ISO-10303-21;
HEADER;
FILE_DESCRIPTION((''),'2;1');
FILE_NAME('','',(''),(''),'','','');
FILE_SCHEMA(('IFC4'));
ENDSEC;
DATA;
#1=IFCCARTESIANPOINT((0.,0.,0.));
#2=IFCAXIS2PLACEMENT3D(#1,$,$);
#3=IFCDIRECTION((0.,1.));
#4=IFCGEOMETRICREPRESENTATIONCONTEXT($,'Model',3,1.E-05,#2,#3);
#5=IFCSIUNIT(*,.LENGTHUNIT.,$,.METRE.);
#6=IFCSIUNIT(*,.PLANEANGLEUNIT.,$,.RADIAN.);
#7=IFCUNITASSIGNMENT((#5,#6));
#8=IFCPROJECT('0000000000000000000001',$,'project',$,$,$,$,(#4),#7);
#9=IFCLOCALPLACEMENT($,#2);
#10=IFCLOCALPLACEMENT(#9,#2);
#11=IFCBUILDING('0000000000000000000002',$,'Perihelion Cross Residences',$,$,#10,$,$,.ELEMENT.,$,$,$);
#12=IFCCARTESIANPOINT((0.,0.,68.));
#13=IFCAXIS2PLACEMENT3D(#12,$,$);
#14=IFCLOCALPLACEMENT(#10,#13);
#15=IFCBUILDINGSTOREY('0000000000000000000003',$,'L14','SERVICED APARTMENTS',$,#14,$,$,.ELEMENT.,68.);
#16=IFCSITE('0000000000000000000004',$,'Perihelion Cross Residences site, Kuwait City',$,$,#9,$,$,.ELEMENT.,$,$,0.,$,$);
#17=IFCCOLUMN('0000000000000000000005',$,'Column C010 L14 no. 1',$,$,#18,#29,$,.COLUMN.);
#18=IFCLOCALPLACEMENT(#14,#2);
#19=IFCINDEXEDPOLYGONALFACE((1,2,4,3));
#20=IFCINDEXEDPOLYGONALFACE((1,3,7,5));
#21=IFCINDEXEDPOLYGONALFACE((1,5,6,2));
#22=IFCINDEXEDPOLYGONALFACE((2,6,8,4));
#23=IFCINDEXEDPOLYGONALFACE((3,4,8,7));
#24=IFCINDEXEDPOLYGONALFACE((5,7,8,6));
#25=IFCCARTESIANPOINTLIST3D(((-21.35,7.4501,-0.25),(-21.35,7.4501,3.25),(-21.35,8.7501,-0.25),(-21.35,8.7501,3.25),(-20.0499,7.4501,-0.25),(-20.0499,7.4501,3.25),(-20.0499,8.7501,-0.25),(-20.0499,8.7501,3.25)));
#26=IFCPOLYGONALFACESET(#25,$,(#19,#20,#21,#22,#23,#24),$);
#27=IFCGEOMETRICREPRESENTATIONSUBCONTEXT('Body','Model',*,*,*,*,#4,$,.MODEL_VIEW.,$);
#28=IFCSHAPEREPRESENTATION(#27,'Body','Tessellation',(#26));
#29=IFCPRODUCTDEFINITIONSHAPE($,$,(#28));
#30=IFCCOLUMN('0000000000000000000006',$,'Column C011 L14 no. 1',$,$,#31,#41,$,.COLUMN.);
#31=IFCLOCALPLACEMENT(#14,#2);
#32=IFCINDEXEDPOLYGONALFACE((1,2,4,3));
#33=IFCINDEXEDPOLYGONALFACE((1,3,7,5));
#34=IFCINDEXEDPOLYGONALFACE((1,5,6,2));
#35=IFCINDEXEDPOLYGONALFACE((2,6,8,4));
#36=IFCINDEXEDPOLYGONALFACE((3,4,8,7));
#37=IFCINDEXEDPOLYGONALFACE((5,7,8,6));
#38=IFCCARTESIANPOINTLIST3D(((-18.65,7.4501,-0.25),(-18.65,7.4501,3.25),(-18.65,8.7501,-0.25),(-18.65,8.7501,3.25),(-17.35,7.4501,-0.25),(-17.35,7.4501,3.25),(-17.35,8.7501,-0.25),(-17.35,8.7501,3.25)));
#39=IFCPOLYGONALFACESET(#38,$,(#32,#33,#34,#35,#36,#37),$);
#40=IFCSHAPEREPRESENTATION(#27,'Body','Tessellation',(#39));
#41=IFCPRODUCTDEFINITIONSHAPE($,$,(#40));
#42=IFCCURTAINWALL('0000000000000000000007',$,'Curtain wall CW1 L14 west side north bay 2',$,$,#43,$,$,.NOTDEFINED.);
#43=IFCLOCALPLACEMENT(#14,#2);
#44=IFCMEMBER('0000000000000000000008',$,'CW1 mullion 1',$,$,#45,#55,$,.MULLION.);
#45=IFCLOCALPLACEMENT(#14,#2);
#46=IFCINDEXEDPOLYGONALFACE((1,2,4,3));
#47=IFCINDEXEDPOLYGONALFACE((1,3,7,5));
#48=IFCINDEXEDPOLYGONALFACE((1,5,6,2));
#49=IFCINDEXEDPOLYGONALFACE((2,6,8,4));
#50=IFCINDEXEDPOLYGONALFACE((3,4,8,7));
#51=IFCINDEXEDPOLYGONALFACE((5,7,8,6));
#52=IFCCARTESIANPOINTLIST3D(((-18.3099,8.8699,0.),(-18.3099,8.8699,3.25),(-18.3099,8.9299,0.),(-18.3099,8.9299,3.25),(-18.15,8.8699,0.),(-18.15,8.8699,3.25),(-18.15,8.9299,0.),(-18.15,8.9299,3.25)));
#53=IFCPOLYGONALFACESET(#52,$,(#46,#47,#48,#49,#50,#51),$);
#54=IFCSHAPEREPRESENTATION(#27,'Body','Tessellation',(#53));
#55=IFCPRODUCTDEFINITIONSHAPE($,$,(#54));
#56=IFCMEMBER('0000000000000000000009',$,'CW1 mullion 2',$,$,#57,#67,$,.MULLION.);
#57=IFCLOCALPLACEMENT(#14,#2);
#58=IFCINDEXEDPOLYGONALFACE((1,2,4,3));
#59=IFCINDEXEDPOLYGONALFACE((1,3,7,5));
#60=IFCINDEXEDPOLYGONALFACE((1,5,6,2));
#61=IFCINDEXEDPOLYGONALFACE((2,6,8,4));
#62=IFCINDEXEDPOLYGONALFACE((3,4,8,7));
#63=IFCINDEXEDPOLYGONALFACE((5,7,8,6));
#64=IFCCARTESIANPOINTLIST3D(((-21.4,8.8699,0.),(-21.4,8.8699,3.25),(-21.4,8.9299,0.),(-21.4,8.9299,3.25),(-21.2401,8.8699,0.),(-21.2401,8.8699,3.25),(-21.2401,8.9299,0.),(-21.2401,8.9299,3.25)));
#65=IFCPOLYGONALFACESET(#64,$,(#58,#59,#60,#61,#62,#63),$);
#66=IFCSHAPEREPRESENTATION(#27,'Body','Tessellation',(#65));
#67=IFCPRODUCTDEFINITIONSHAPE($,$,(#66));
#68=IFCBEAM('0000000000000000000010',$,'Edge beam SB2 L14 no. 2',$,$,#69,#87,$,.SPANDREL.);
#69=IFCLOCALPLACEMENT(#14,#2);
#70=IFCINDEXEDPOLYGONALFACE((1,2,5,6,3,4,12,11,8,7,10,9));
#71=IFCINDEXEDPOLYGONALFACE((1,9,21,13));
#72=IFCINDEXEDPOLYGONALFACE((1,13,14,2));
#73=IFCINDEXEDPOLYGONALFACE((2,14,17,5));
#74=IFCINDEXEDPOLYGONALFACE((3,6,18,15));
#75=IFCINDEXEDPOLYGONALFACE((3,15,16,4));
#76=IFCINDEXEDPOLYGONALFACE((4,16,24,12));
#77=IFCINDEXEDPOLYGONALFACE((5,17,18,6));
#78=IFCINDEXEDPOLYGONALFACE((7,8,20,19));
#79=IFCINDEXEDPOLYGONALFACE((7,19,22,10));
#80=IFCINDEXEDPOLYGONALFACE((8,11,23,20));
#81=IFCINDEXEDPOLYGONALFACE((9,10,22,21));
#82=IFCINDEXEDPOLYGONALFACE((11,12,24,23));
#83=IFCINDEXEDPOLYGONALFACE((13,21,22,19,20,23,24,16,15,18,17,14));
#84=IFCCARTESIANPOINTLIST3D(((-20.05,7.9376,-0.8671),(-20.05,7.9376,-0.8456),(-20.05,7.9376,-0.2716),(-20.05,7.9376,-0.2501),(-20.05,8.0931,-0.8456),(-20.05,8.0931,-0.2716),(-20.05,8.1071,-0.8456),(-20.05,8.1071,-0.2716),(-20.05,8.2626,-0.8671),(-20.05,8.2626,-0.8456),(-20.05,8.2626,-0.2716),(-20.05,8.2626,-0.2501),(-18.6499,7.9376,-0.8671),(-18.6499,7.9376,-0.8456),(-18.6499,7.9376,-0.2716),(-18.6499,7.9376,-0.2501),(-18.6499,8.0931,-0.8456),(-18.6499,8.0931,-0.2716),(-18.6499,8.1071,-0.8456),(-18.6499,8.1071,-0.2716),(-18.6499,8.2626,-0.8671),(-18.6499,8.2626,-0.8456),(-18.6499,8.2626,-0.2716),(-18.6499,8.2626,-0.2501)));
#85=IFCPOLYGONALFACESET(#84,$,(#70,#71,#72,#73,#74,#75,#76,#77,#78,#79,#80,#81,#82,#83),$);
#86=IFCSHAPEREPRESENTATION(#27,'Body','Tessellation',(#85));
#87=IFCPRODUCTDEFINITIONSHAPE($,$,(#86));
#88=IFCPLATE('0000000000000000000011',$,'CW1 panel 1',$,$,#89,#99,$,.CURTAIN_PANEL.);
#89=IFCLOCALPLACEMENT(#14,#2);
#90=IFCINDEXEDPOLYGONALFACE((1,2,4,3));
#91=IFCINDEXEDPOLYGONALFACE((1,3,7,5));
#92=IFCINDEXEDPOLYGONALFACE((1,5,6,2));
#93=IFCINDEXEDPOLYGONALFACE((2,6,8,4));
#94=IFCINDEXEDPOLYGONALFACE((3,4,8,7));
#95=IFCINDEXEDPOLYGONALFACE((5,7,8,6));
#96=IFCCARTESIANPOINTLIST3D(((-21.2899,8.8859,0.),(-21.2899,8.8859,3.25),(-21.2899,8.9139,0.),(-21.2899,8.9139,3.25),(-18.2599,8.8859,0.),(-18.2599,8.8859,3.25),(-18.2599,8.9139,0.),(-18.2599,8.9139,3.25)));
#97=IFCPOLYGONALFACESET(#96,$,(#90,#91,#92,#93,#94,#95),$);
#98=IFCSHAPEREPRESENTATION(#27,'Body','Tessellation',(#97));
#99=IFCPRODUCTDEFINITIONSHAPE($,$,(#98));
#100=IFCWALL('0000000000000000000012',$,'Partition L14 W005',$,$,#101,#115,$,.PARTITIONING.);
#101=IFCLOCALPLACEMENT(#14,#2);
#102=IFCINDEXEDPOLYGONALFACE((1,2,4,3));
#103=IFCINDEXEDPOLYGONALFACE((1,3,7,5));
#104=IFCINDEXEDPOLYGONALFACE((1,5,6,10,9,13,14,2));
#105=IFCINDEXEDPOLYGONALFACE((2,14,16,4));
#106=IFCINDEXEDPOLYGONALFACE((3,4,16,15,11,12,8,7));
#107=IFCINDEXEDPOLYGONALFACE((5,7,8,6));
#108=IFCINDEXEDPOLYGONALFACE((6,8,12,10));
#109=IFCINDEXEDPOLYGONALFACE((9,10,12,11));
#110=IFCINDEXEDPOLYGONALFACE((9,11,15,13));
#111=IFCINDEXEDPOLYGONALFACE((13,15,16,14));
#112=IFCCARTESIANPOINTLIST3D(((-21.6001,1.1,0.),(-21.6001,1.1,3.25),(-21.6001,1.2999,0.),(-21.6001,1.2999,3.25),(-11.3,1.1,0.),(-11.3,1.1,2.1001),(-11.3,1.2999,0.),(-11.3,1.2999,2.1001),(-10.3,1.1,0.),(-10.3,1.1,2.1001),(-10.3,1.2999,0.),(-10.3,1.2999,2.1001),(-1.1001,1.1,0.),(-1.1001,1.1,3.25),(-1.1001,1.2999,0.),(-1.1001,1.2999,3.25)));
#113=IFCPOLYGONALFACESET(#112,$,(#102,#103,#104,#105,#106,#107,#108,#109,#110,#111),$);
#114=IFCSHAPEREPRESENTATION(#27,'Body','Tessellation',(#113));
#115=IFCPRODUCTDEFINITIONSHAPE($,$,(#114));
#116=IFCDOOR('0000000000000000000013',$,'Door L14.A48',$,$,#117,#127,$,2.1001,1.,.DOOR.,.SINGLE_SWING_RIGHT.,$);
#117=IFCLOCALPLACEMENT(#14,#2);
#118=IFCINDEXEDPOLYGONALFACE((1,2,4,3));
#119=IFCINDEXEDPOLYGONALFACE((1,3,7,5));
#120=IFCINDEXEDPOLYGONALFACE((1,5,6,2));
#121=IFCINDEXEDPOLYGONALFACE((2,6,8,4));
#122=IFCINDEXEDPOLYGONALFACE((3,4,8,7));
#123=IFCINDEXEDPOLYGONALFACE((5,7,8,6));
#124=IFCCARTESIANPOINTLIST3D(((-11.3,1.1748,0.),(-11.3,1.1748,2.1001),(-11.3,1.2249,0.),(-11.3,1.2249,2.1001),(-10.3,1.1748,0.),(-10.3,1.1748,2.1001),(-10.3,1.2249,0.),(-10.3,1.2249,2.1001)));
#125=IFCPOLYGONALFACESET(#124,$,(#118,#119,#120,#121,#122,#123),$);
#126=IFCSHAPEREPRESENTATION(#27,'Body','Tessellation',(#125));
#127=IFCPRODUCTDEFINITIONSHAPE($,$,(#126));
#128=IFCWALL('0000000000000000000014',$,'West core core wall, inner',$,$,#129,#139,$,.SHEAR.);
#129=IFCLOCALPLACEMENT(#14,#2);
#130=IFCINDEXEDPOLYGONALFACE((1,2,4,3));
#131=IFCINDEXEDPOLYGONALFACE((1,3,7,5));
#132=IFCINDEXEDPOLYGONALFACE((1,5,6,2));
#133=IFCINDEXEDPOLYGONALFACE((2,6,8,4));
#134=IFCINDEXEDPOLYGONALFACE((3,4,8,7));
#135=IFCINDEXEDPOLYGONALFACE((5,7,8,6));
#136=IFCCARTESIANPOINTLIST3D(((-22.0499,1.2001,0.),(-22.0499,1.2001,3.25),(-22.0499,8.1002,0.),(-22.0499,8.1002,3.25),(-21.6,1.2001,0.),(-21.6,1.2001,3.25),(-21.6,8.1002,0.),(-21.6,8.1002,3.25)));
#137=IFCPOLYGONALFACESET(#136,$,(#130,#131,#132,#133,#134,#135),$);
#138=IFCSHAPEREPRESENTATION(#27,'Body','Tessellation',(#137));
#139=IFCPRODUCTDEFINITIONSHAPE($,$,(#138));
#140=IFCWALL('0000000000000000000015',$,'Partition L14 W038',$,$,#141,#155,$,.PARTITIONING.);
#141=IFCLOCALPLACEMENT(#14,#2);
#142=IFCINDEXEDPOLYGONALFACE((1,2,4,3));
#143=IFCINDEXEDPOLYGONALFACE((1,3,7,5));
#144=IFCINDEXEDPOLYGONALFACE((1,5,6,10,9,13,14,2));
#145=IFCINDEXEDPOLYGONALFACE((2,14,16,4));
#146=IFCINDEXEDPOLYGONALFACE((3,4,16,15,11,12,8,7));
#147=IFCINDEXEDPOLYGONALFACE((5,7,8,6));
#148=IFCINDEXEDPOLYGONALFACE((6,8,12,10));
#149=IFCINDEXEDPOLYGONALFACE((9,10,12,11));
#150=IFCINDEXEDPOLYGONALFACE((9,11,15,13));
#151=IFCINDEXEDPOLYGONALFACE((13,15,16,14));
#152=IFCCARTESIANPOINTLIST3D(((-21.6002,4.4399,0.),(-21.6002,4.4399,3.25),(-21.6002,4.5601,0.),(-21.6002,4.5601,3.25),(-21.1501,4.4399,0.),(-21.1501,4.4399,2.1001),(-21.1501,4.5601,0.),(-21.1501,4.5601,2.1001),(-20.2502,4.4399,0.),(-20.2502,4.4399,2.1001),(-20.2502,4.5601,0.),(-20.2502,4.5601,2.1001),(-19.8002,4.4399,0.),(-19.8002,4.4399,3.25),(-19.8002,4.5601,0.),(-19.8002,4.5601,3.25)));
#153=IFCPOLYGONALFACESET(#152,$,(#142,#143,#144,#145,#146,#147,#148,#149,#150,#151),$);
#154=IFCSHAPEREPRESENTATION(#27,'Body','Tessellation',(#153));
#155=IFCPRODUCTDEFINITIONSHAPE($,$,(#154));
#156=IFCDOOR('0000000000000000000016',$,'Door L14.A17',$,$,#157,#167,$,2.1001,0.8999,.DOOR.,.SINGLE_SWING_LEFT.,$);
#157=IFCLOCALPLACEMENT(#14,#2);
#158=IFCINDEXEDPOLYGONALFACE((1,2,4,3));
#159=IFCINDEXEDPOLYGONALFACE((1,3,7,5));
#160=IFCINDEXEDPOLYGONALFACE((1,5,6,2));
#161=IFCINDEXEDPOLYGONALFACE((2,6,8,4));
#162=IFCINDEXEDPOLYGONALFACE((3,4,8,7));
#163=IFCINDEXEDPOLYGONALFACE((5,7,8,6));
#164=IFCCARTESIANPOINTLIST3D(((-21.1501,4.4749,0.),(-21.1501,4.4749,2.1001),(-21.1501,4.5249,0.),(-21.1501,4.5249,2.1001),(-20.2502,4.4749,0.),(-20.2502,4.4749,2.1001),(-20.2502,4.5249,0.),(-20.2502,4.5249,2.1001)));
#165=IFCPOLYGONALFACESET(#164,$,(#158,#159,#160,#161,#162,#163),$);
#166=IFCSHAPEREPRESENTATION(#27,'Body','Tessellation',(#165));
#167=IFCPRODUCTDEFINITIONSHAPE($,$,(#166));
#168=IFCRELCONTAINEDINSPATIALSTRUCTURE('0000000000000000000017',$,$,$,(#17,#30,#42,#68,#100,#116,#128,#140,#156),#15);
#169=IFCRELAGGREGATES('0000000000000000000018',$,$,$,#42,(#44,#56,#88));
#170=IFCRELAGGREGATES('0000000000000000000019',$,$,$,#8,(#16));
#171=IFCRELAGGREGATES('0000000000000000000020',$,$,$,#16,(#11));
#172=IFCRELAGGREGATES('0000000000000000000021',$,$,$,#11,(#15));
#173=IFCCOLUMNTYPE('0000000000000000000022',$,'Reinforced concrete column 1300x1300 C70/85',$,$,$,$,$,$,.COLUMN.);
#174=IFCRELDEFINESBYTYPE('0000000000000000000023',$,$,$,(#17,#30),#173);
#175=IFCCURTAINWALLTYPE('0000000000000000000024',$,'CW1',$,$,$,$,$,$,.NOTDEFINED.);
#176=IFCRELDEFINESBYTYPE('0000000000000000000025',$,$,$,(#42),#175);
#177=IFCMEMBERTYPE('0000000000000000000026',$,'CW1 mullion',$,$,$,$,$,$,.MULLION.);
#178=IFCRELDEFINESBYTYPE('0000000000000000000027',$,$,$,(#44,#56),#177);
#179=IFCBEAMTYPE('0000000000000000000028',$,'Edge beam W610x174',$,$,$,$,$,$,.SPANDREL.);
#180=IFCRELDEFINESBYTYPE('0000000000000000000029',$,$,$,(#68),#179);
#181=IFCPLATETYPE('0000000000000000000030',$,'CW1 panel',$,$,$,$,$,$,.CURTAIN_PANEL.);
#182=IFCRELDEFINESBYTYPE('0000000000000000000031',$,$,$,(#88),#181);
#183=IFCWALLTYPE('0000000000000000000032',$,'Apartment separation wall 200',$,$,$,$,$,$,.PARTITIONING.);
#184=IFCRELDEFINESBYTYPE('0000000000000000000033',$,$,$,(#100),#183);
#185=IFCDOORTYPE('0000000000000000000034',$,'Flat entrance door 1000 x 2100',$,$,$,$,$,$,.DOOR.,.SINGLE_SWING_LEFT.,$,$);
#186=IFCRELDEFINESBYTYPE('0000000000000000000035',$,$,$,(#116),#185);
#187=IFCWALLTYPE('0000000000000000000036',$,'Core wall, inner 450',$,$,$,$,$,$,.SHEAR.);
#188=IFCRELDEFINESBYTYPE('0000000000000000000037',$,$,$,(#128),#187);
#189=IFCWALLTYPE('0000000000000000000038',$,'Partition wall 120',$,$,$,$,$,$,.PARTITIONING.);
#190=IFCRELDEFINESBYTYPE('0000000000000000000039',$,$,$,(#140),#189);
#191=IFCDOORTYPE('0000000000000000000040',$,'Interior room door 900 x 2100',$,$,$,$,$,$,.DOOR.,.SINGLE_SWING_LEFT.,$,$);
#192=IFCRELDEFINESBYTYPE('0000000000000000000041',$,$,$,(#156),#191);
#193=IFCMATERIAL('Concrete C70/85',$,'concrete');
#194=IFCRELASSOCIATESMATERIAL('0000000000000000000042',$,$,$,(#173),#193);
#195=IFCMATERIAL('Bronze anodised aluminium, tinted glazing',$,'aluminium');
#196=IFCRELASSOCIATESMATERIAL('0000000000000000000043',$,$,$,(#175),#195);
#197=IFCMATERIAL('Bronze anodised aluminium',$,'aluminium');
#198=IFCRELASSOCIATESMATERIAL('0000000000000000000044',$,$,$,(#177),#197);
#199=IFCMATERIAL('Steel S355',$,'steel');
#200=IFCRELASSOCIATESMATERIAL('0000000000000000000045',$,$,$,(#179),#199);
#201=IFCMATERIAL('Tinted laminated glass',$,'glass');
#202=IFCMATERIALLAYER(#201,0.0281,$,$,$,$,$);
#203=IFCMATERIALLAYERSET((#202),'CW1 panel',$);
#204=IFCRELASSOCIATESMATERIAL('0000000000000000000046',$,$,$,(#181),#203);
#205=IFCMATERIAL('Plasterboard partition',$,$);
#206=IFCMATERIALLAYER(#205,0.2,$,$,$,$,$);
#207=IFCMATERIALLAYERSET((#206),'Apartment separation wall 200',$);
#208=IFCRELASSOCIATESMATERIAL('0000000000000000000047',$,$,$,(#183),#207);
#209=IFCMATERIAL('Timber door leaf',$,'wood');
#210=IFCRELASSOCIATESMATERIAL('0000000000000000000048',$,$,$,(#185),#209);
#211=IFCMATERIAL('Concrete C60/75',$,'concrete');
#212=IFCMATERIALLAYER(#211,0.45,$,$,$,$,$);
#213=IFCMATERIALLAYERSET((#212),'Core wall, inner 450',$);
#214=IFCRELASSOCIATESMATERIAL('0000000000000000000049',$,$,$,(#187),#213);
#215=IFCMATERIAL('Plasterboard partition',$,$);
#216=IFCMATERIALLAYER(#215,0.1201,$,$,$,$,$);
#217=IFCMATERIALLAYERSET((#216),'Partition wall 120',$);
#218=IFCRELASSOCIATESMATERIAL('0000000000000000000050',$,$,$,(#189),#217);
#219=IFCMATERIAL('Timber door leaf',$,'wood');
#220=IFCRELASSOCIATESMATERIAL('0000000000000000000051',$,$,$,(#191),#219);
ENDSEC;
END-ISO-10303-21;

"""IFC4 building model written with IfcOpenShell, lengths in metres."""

from ifc_helpers import new_model, si_unit, direction, frame, frame_2d, origin, origin_2d, place, context, subcontext, project, spatial, rectangle, i_section, extrude, material, layer, layer_set, material_profile, profile_set, type_object, element, fill, aggregate, save


model = new_model("IFC4")

# Units and contexts
model_context = context("Model", 3, precision=1e-05, world=origin(), true_north=direction((0.0, 1.0)))
body_context = subcontext(model_context, "Body", "Model", "MODEL_VIEW")
ifc_project = project(units=[si_unit("LENGTHUNIT", "METRE"), si_unit("PLANEANGLEUNIT", "RADIAN")], contexts=[model_context])

# Site, building, storey
site_placement = place(None, origin())
site = spatial("IfcSite", under=ifc_project, at=site_placement, Name="Perihelion Cross Residences site, Kuwait City", CompositionType="ELEMENT", RefElevation=0.0)
building_placement = place(site_placement, origin())
building = spatial("IfcBuilding", under=site, at=building_placement, Name="Perihelion Cross Residences", CompositionType="ELEMENT")
storey_placement = place(building_placement, frame((0.0, 0.0, 68.0)))
storey = spatial("IfcBuildingStorey", under=building, at=storey_placement, Name="L14", Description="SERVICED APARTMENTS", CompositionType="ELEMENT", Elevation=68.0)

# Columns
ifc_material_1 = material(Name="Concrete C70/85", Category="concrete")
ifc_material_profile_1 = material_profile(ifc_material_1, rectangle(XDim=1.3, YDim=1.3, at=origin_2d()), Name="RC 1300x1300")
ifc_profile_set_1 = profile_set([ifc_material_profile_1], Name="Concrete C70/85")
column_type = type_object("IfcColumnType", Name="Reinforced concrete column 1300x1300 C70/85", PredefinedType="COLUMN", material=ifc_profile_set_1)
for number, where, z_axis, x_axis, name in (
    (1, (-20.7, 8.1001, -0.25), (0.0, 0.0, 1.0), (1.0, 0.0, 0.0), "Column C010 L14 no. 1"),
    (2, (-18.0, 8.1001, -0.25), (0.0, 0.0, 1.0), (1.0, 0.0, 0.0), "Column C011 L14 no. 1"),
):
    element("IfcColumn", number, at=place(storey_placement, frame(where, z_axis=z_axis, x_axis=x_axis)), inside=storey, type_object=column_type, Name=name, PredefinedType="COLUMN", context=body_context, shape_type="SweptSolid", body=[
        extrude(rectangle(XDim=1.3, YDim=1.3, at=origin_2d()), origin(), (0.0, 0.0, 1.0), 3.5),
    ])

# Curtain wall, members
ifc_material_2 = material(Name="Bronze anodised aluminium, tinted glazing", Category="aluminium")
curtain_wall_type = type_object("IfcCurtainWallType", Name="CW1", PredefinedType="NOTDEFINED", material=ifc_material_2)
curtain_wall_placement = place(storey_placement, origin())
curtain_wall = element("IfcCurtainWall", 3, at=curtain_wall_placement, inside=storey, type_object=curtain_wall_type, Name="Curtain wall CW1 L14 west side north bay 2", PredefinedType="NOTDEFINED")
ifc_material_3 = material(Name="Bronze anodised aluminium", Category="aluminium")
ifc_material_profile_2 = material_profile(ifc_material_3, rectangle(XDim=0.0601, YDim=0.1599, at=origin_2d()), Name="CW1 mullion")
ifc_profile_set_2 = profile_set([ifc_material_profile_2], Name="Bronze anodised aluminium")
member_type = type_object("IfcMemberType", Name="CW1 mullion", PredefinedType="MULLION", material=ifc_profile_set_2)
member_1_placement = place(storey_placement, frame((-18.23, 8.8999, 0.0), z_axis=(0.0, 0.0, 1.0), x_axis=(0.0, -1.0, 0.0)))
member_1 = element("IfcMember", 4, at=member_1_placement, type_object=member_type, Name="CW1 mullion 1", PredefinedType="MULLION", context=body_context, shape_type="SweptSolid", body=[
    extrude(rectangle(XDim=0.0601, YDim=0.1599, at=origin_2d()), origin(), (0.0, 0.0, 1.0), 3.25),
])
member_2_placement = place(storey_placement, frame((-21.3201, 8.8999, 0.0), z_axis=(0.0, 0.0, 1.0), x_axis=(0.0, -1.0, 0.0)))
member_2 = element("IfcMember", 5, at=member_2_placement, type_object=member_type, Name="CW1 mullion 2", PredefinedType="MULLION", context=body_context, shape_type="SweptSolid", body=[
    extrude(rectangle(XDim=0.0601, YDim=0.1599, at=origin_2d()), origin(), (0.0, 0.0, 1.0), 3.25),
])

# Beam
ifc_material_4 = material(Name="Steel S355", Category="steel")
ifc_material_profile_3 = material_profile(ifc_material_4, i_section(OverallWidth=0.325, OverallDepth=0.6169, WebThickness=0.0139, FlangeThickness=0.0215, at=origin_2d()), Name="W610x174")
ifc_profile_set_3 = profile_set([ifc_material_profile_3], Name="Steel S355")
beam_type = type_object("IfcBeamType", Name="Edge beam W610x174", PredefinedType="SPANDREL", material=ifc_profile_set_3)
beam_placement = place(storey_placement, frame((-18.6499, 8.1001, -0.5586), z_axis=(-1.0, 0.0, 0.0), x_axis=(0.0, -1.0, 0.0)))
element("IfcBeam", 6, at=beam_placement, inside=storey, type_object=beam_type, Name="Edge beam SB2 L14 no. 2", PredefinedType="SPANDREL", context=body_context, shape_type="SweptSolid", body=[
    extrude(i_section(OverallWidth=0.325, OverallDepth=0.6169, WebThickness=0.0139, FlangeThickness=0.0215, at=origin_2d()), origin(), (0.0, 0.0, 1.0), 1.4001),
])

# Plate
ifc_material_5 = material(Name="Tinted laminated glass", Category="glass")
ifc_layer_1 = layer(ifc_material_5, 0.0281)
ifc_layer_set_1 = layer_set([ifc_layer_1], Name="CW1 panel")
plate_type = type_object("IfcPlateType", Name="CW1 panel", PredefinedType="CURTAIN_PANEL", material=ifc_layer_set_1)
plate_placement = place(storey_placement, frame((-19.7749, 8.8999, 0.0), z_axis=(0.0, 0.0, 1.0), x_axis=(-1.0, 0.0, 0.0)))
plate = element("IfcPlate", 7, at=plate_placement, type_object=plate_type, Name="CW1 panel 1", PredefinedType="CURTAIN_PANEL", context=body_context, shape_type="SweptSolid", body=[
    extrude(rectangle(XDim=3.03, YDim=0.0281, at=origin_2d()), origin(), (0.0, 0.0, 1.0), 3.25),
])
aggregate(curtain_wall, [member_1, member_2, plate])

# Wall, opening, door
ifc_material_6 = material(Name="Plasterboard partition")
ifc_layer_2 = layer(ifc_material_6, 0.2)
ifc_layer_set_2 = layer_set([ifc_layer_2], Name="Apartment separation wall 200")
wall_type_1 = type_object("IfcWallType", Name="Apartment separation wall 200", PredefinedType="PARTITIONING", material=ifc_layer_set_2)
wall_1_placement = place(storey_placement, frame((-21.6001, 1.2, 0.0), z_axis=(0.0, 0.0, 1.0), x_axis=(1.0, 0.0, 0.0)))
wall_1 = element("IfcWall", 8, at=wall_1_placement, inside=storey, type_object=wall_type_1, Name="Partition L14 W005", PredefinedType="PARTITIONING", context=body_context, shape_type="SweptSolid", body=[
    extrude(rectangle(XDim=20.5, YDim=0.2, at=frame_2d((10.25, 0.0))), origin(), (0.0, 0.0, 1.0), 3.25),
])
opening_1_placement = place(wall_1_placement, frame((10.3, 0.0, 0.0)))
opening_1 = element("IfcOpeningElement", 9, at=opening_1_placement, cuts=wall_1, PredefinedType="OPENING", context=body_context, shape_type="SweptSolid", body=[
    extrude(rectangle(XDim=1.0, YDim=2.1001, at=frame_2d((0.5, 1.05))), frame((0.0, 0.1099, 0.0), z_axis=(0.0, -1.0, 0.0), x_axis=(1.0, 0.0, 0.0)), (0.0, 0.0, 1.0), 0.22),
])
ifc_material_7 = material(Name="Timber door leaf", Category="wood")
door_type_1 = type_object("IfcDoorType", Name="Flat entrance door 1000 x 2100", OperationType="SINGLE_SWING_LEFT", PredefinedType="DOOR", material=ifc_material_7)
door_1_placement = place(opening_1_placement, origin())
door_1 = element("IfcDoor", 10, at=door_1_placement, inside=storey, type_object=door_type_1, Name="Door L14.A48", OperationType="SINGLE_SWING_RIGHT", OverallHeight=2.1001, OverallWidth=1.0, PredefinedType="DOOR", context=body_context, shape_type="SweptSolid", body=[
    extrude(rectangle(XDim=1.0, YDim=2.1001, at=frame_2d((0.5, 1.05))), frame((0.0, 0.0249, 0.0), z_axis=(0.0, -1.0, 0.0), x_axis=(1.0, 0.0, 0.0)), (0.0, 0.0, 1.0), 0.05),
])
fill(opening_1, door_1)

# Wall
ifc_material_8 = material(Name="Concrete C60/75", Category="concrete")
ifc_layer_3 = layer(ifc_material_8, 0.45)
ifc_layer_set_3 = layer_set([ifc_layer_3], Name="Core wall, inner 450")
wall_type_2 = type_object("IfcWallType", Name="Core wall, inner 450", PredefinedType="SHEAR", material=ifc_layer_set_3)
wall_2_placement = place(storey_placement, frame((-21.825, 1.2, 0.0), z_axis=(0.0, 0.0, 1.0), x_axis=(0.0, 1.0, 0.0)))
element("IfcWall", 11, at=wall_2_placement, inside=storey, type_object=wall_type_2, Name="West core core wall, inner", PredefinedType="SHEAR", context=body_context, shape_type="SweptSolid", body=[
    extrude(rectangle(XDim=6.9001, YDim=0.45, at=frame_2d((3.4502, 0.0))), origin(), (0.0, 0.0, 1.0), 3.25),
])

# Wall, opening, door
ifc_material_9 = material(Name="Plasterboard partition")
ifc_layer_4 = layer(ifc_material_9, 0.1201)
ifc_layer_set_4 = layer_set([ifc_layer_4], Name="Partition wall 120")
wall_type_3 = type_object("IfcWallType", Name="Partition wall 120", PredefinedType="PARTITIONING", material=ifc_layer_set_4)
wall_3_placement = place(storey_placement, frame((-21.6001, 4.5, 0.0), z_axis=(0.0, 0.0, 1.0), x_axis=(1.0, 0.0, 0.0)))
wall_3 = element("IfcWall", 12, at=wall_3_placement, inside=storey, type_object=wall_type_3, Name="Partition L14 W038", PredefinedType="PARTITIONING", context=body_context, shape_type="SweptSolid", body=[
    extrude(rectangle(XDim=1.8, YDim=0.1201, at=frame_2d((0.8999, 0.0))), origin(), (0.0, 0.0, 1.0), 3.25),
])
opening_2_placement = place(wall_3_placement, frame((0.45, 0.0, 0.0)))
opening_2 = element("IfcOpeningElement", 13, at=opening_2_placement, cuts=wall_3, PredefinedType="OPENING", context=body_context, shape_type="SweptSolid", body=[
    extrude(rectangle(XDim=0.8999, YDim=2.1001, at=frame_2d((0.45, 1.05))), frame((0.0, 0.0701, 0.0), z_axis=(0.0, -1.0, 0.0), x_axis=(1.0, 0.0, 0.0)), (0.0, 0.0, 1.0), 0.1401),
])
ifc_material_10 = material(Name="Timber door leaf", Category="wood")
door_type_2 = type_object("IfcDoorType", Name="Interior room door 900 x 2100", OperationType="SINGLE_SWING_LEFT", PredefinedType="DOOR", material=ifc_material_10)
door_2_placement = place(opening_2_placement, origin())
door_2 = element("IfcDoor", 14, at=door_2_placement, inside=storey, type_object=door_type_2, Name="Door L14.A17", OperationType="SINGLE_SWING_LEFT", OverallHeight=2.1001, OverallWidth=0.8999, PredefinedType="DOOR", context=body_context, shape_type="SweptSolid", body=[
    extrude(rectangle(XDim=0.8999, YDim=2.1001, at=frame_2d((0.45, 1.05))), frame((0.0, 0.0249, 0.0), z_axis=(0.0, -1.0, 0.0), x_axis=(1.0, 0.0, 0.0)), (0.0, 0.0, 1.0), 0.05),
])
fill(opening_2, door_2)

save(model, "model.ifc")
